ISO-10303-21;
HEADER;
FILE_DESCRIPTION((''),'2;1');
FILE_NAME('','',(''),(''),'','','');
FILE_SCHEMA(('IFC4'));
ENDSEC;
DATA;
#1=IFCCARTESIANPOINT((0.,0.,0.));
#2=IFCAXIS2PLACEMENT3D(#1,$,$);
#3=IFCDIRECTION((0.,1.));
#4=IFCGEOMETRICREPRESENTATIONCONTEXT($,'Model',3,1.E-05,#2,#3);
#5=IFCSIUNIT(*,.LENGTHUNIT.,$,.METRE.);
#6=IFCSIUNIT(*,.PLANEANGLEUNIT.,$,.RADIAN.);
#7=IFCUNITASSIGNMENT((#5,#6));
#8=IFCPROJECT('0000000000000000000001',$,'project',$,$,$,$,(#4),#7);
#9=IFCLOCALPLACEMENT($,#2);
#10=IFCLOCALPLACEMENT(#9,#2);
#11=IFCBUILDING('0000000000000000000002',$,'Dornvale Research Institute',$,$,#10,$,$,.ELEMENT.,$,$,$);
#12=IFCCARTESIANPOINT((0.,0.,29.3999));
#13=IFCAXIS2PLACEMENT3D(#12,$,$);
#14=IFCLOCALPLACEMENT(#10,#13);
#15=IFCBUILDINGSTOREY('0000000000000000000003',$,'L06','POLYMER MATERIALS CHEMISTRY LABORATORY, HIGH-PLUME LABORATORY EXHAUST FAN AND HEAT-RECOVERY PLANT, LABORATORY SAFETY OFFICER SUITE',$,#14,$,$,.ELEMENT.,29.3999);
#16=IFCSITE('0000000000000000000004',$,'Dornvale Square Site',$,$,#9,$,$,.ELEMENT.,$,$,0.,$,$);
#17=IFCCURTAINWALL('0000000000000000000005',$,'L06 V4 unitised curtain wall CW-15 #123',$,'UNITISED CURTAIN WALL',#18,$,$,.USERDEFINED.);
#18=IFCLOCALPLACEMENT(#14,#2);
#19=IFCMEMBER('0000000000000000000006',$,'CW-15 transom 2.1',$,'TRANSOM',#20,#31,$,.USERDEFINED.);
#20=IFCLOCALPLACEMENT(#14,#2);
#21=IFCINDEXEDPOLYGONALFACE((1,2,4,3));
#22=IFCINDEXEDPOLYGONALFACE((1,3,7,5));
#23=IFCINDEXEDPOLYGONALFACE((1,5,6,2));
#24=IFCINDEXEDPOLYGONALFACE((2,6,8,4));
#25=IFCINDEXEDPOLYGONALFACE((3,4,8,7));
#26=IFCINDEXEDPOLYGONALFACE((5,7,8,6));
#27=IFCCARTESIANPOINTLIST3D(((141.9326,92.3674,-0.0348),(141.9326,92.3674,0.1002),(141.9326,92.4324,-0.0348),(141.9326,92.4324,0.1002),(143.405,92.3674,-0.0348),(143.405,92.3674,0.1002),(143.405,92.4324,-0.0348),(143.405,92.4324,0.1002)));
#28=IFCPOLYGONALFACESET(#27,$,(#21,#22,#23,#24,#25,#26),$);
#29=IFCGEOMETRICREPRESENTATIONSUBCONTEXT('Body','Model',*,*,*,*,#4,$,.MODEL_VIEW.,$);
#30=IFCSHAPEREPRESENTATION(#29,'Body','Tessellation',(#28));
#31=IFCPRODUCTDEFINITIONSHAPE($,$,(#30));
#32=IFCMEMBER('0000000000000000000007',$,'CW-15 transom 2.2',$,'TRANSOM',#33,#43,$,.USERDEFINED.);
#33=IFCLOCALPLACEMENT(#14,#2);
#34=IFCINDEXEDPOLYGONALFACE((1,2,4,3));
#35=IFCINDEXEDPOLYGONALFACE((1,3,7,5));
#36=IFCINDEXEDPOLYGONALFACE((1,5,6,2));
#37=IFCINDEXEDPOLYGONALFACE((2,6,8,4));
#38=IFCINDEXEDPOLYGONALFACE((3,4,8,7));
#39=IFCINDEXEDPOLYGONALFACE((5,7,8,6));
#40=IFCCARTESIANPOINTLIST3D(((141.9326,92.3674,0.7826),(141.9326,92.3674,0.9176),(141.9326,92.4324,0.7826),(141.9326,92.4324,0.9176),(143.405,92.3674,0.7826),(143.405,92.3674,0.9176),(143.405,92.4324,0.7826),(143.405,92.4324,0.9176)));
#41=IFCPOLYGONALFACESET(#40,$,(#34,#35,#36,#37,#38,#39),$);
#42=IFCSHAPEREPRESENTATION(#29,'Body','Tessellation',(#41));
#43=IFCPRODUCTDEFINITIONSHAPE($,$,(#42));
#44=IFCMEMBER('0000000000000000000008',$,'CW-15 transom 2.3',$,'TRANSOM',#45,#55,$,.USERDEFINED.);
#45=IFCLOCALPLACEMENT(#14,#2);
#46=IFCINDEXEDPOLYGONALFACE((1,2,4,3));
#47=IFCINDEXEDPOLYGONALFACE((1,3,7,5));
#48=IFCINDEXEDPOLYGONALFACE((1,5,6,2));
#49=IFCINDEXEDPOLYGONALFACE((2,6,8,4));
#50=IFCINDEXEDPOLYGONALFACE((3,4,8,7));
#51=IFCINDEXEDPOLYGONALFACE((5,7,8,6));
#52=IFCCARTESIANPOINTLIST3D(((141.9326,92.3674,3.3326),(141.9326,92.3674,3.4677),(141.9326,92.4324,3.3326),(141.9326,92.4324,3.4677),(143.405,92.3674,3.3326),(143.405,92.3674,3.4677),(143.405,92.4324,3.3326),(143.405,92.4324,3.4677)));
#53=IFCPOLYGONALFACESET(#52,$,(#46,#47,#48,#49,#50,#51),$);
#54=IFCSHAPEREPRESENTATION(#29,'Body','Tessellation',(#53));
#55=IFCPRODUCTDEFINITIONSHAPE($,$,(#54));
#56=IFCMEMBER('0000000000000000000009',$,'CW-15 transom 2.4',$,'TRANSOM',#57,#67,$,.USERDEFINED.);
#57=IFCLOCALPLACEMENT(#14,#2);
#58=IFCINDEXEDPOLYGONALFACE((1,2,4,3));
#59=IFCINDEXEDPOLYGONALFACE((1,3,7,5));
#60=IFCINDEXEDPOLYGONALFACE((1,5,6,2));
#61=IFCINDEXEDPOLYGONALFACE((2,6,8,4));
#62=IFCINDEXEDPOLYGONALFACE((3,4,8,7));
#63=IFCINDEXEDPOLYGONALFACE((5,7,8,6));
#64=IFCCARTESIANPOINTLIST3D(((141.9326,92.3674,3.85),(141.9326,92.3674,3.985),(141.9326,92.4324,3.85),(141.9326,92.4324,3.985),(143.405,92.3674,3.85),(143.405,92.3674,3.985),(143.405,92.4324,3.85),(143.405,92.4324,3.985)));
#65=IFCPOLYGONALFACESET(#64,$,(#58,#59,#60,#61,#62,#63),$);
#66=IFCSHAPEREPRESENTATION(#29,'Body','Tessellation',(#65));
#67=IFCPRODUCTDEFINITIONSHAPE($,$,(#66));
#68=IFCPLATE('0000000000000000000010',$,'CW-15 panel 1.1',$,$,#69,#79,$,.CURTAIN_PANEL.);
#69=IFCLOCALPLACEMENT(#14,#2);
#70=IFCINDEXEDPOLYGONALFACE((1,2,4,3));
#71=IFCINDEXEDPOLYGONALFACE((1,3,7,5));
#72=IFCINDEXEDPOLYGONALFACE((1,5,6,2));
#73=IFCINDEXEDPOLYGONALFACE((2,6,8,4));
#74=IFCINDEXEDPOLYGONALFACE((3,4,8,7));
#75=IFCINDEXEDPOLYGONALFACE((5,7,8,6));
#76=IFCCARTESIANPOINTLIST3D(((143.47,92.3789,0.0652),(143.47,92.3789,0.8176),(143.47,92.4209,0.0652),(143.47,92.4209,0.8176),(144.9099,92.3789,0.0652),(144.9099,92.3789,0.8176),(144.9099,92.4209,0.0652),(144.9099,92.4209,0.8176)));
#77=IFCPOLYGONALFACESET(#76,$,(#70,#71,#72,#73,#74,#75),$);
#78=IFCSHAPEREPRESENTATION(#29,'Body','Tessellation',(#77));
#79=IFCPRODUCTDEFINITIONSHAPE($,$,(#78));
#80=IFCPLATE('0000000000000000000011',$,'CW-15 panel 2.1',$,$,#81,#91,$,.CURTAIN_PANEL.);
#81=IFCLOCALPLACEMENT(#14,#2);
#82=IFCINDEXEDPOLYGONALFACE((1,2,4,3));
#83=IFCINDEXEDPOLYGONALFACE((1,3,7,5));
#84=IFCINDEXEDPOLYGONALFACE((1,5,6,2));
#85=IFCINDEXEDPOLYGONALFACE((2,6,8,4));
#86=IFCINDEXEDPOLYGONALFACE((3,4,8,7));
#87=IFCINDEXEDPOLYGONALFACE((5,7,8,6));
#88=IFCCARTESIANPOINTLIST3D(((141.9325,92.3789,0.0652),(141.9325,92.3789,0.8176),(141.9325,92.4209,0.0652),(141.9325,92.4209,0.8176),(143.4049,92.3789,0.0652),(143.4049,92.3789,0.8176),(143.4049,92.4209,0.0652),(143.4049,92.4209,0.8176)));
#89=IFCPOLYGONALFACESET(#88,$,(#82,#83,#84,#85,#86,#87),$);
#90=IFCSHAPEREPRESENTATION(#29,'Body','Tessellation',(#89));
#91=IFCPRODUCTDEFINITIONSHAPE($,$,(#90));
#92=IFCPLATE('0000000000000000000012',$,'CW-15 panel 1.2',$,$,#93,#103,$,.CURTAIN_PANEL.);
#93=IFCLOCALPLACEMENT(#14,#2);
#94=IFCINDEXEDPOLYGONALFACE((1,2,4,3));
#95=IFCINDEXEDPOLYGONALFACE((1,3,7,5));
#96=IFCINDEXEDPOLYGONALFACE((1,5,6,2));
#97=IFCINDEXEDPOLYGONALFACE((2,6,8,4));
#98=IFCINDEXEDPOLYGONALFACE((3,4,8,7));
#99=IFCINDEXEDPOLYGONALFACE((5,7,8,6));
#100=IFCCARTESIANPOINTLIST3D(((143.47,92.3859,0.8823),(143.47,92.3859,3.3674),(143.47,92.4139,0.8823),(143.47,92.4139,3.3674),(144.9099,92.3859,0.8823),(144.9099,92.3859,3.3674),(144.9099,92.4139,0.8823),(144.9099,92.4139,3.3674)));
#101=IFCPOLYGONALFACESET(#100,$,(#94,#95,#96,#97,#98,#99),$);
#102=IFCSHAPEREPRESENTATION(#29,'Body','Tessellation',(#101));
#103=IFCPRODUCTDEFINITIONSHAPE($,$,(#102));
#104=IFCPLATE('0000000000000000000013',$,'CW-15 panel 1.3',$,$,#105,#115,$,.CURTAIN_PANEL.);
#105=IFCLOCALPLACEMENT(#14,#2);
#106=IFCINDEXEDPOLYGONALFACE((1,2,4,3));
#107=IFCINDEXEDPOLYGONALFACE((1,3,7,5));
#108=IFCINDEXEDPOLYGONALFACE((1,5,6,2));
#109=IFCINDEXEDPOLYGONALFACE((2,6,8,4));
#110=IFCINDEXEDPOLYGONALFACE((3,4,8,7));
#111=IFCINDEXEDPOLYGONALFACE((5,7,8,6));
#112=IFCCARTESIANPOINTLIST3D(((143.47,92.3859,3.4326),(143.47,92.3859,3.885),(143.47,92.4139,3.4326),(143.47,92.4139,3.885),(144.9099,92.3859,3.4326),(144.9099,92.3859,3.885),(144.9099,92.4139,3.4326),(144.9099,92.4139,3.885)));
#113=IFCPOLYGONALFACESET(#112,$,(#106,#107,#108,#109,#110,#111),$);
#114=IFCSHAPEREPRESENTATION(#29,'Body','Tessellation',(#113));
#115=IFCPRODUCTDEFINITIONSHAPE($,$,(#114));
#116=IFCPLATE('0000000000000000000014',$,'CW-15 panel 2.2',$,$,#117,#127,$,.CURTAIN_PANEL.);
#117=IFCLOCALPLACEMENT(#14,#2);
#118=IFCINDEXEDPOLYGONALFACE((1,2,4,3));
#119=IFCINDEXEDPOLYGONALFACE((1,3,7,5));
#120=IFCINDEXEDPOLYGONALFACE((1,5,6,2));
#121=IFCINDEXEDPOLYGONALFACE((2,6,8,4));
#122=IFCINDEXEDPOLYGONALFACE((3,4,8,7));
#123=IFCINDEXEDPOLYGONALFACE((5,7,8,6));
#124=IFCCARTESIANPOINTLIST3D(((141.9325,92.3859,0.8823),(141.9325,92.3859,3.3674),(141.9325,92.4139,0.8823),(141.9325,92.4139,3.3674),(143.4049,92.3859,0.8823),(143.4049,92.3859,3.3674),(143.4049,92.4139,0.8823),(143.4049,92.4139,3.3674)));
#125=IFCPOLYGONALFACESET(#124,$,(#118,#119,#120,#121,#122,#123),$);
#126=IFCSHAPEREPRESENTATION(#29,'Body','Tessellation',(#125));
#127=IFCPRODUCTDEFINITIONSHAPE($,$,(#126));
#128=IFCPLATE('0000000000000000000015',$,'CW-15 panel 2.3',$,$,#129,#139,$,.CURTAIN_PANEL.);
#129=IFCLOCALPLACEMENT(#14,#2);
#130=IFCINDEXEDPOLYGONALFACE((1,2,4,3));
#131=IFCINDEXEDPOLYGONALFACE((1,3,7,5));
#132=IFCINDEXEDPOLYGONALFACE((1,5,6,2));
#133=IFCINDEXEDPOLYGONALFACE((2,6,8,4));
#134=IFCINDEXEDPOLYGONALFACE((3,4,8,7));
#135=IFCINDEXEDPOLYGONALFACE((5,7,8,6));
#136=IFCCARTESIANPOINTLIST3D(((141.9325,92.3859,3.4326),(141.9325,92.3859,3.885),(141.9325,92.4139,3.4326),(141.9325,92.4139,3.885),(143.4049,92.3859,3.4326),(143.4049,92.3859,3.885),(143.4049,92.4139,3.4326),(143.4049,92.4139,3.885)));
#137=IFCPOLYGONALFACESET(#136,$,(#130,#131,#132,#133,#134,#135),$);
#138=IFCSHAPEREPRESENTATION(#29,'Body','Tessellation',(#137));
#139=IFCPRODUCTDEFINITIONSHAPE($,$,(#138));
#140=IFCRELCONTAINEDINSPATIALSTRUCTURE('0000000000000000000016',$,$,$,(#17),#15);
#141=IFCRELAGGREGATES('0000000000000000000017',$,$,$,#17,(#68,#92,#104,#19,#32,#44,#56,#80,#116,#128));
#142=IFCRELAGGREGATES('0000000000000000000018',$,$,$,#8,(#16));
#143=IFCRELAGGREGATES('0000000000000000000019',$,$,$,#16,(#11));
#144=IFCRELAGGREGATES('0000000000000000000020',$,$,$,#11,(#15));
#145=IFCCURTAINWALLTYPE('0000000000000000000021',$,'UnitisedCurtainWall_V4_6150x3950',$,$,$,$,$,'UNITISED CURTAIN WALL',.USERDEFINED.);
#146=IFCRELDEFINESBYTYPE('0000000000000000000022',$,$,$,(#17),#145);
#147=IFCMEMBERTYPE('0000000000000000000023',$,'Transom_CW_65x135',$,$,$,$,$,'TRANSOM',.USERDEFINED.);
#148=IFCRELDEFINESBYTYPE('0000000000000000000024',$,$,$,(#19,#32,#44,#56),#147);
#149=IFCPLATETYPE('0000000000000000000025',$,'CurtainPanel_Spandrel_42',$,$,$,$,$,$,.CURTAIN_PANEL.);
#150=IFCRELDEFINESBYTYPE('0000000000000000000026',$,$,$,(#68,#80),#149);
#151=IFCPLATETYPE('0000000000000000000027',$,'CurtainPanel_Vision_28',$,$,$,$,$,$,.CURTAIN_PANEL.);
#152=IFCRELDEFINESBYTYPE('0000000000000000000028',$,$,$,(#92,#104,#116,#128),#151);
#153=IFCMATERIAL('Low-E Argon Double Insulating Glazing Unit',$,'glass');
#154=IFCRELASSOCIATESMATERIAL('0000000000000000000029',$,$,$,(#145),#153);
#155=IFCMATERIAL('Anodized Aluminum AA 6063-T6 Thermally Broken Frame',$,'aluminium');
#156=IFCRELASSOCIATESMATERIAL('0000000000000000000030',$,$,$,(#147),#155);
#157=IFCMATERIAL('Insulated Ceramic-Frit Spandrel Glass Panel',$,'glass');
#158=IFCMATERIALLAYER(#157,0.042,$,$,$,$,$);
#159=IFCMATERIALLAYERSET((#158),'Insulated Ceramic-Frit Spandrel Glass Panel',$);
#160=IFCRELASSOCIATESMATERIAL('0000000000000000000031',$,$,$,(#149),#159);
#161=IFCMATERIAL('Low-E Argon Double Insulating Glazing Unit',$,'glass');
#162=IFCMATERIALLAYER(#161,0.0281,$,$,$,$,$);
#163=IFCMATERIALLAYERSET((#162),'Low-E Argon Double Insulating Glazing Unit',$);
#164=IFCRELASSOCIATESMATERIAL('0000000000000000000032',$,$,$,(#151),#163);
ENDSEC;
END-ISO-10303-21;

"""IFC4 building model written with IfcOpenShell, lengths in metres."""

from ifc_helpers import new_model, si_unit, direction, frame, origin, origin_2d, place, context, subcontext, project, spatial, rectangle, extrude, material, layer, layer_set, material_profile, profile_set, type_object, element, aggregate, save


model = new_model("IFC4")

# Units and contexts
model_context = context("Model", 3, precision=1e-05, world=origin(), true_north=direction((0.0, 1.0)))
body_context = subcontext(model_context, "Body", "Model", "MODEL_VIEW")
ifc_project = project(units=[si_unit("LENGTHUNIT", "METRE"), si_unit("PLANEANGLEUNIT", "RADIAN")], contexts=[model_context])

# Site, building, storey
site_placement = place(None, origin())
site = spatial("IfcSite", under=ifc_project, at=site_placement, Name="Dornvale Square Site", CompositionType="ELEMENT", RefElevation=0.0)
building_placement = place(site_placement, origin())
building = spatial("IfcBuilding", under=site, at=building_placement, Name="Dornvale Research Institute", CompositionType="ELEMENT")
storey_placement = place(building_placement, frame((0.0, 0.0, 29.3999)))
storey = spatial("IfcBuildingStorey", under=building, at=storey_placement, Name="L06", Description="POLYMER MATERIALS CHEMISTRY LABORATORY, HIGH-PLUME LABORATORY EXHAUST FAN AND HEAT-RECOVERY PLANT, LABORATORY SAFETY OFFICER SUITE", CompositionType="ELEMENT", Elevation=29.3999)

# Curtain wall
ifc_material_1 = material(Name="Low-E Argon Double Insulating Glazing Unit", Category="glass")
curtain_wall_type = type_object("IfcCurtainWallType", Name="UnitisedCurtainWall_V4_6150x3950", ElementType="UNITISED CURTAIN WALL", PredefinedType="USERDEFINED", material=ifc_material_1)
curtain_wall_placement = place(storey_placement, origin())
curtain_wall = element("IfcCurtainWall", 1, at=curtain_wall_placement, inside=storey, type_object=curtain_wall_type, Name="L06 V4 unitised curtain wall CW-15 #123", ObjectType="UNITISED CURTAIN WALL", PredefinedType="USERDEFINED")

# Members
ifc_material_2 = material(Name="Anodized Aluminum AA 6063-T6 Thermally Broken Frame", Category="aluminium")
ifc_material_profile_1 = material_profile(ifc_material_2, rectangle(XDim=0.0649, YDim=0.135, at=origin_2d()), Name="ALU TRANSOM 65x135")
ifc_profile_set_1 = profile_set([ifc_material_profile_1], Name="Anodized Aluminum AA 6063-T6 Thermally Broken Frame")
member_type_1 = type_object("IfcMemberType", Name="Transom_CW_65x135", ElementType="TRANSOM", PredefinedType="USERDEFINED", material=ifc_profile_set_1)
member_1_placement = place(storey_placement, frame((143.405, 92.3999, 0.0327), z_axis=(-1.0, 0.0, 0.0), x_axis=(0.0, -1.0, 0.0)))
member_1 = element("IfcMember", 2, at=member_1_placement, type_object=member_type_1, Name="CW-15 transom 2.1", ObjectType="TRANSOM", PredefinedType="USERDEFINED", context=body_context, shape_type="SweptSolid", body=[
    extrude(rectangle(XDim=0.0649, YDim=0.135, at=origin_2d()), origin(), (0.0, 0.0, 1.0), 1.4724),
])
member_2_placement = place(storey_placement, frame((143.405, 92.3999, 0.8501), z_axis=(-1.0, 0.0, 0.0), x_axis=(0.0, -1.0, 0.0)))
member_2 = element("IfcMember", 3, at=member_2_placement, type_object=member_type_1, Name="CW-15 transom 2.2", ObjectType="TRANSOM", PredefinedType="USERDEFINED", context=body_context, shape_type="SweptSolid", body=[
    extrude(rectangle(XDim=0.0649, YDim=0.135, at=origin_2d()), origin(), (0.0, 0.0, 1.0), 1.4724),
])
member_3_placement = place(storey_placement, frame((143.405, 92.3999, 3.4001), z_axis=(-1.0, 0.0, 0.0), x_axis=(0.0, -1.0, 0.0)))
member_3 = element("IfcMember", 4, at=member_3_placement, type_object=member_type_1, Name="CW-15 transom 2.3", ObjectType="TRANSOM", PredefinedType="USERDEFINED", context=body_context, shape_type="SweptSolid", body=[
    extrude(rectangle(XDim=0.0649, YDim=0.135, at=origin_2d()), origin(), (0.0, 0.0, 1.0), 1.4724),
])
member_4_placement = place(storey_placement, frame((143.405, 92.3999, 3.9175), z_axis=(-1.0, 0.0, 0.0), x_axis=(0.0, -1.0, 0.0)))
member_4 = element("IfcMember", 5, at=member_4_placement, type_object=member_type_1, Name="CW-15 transom 2.4", ObjectType="TRANSOM", PredefinedType="USERDEFINED", context=body_context, shape_type="SweptSolid", body=[
    extrude(rectangle(XDim=0.0649, YDim=0.135, at=origin_2d()), origin(), (0.0, 0.0, 1.0), 1.4724),
])

# Plates
ifc_material_3 = material(Name="Insulated Ceramic-Frit Spandrel Glass Panel", Category="glass")
ifc_layer_1 = layer(ifc_material_3, 0.042)
ifc_layer_set_1 = layer_set([ifc_layer_1], Name="Insulated Ceramic-Frit Spandrel Glass Panel")
plate_type_1 = type_object("IfcPlateType", Name="CurtainPanel_Spandrel_42", PredefinedType="CURTAIN_PANEL", material=ifc_layer_set_1)
plate_1_placement = place(storey_placement, frame((144.1899, 92.3999, 0.0652), z_axis=(0.0, 0.0, 1.0), x_axis=(-1.0, 0.0, 0.0)))
plate_1 = element("IfcPlate", 6, at=plate_1_placement, type_object=plate_type_1, Name="CW-15 panel 1.1", PredefinedType="CURTAIN_PANEL", context=body_context, shape_type="SweptSolid", body=[
    extrude(rectangle(XDim=1.4399, YDim=0.042, at=origin_2d()), origin(), (0.0, 0.0, 1.0), 0.7524),
])
plate_2_placement = place(storey_placement, frame((142.6687, 92.3999, 0.0652), z_axis=(0.0, 0.0, 1.0), x_axis=(-1.0, 0.0, 0.0)))
plate_2 = element("IfcPlate", 7, at=plate_2_placement, type_object=plate_type_1, Name="CW-15 panel 2.1", PredefinedType="CURTAIN_PANEL", context=body_context, shape_type="SweptSolid", body=[
    extrude(rectangle(XDim=1.4724, YDim=0.042, at=origin_2d()), origin(), (0.0, 0.0, 1.0), 0.7524),
])
ifc_material_4 = material(Name="Low-E Argon Double Insulating Glazing Unit", Category="glass")
ifc_layer_2 = layer(ifc_material_4, 0.0281)
ifc_layer_set_2 = layer_set([ifc_layer_2], Name="Low-E Argon Double Insulating Glazing Unit")
plate_type_2 = type_object("IfcPlateType", Name="CurtainPanel_Vision_28", PredefinedType="CURTAIN_PANEL", material=ifc_layer_set_2)
plate_3_placement = place(storey_placement, frame((144.1899, 92.3999, 0.8823), z_axis=(0.0, 0.0, 1.0), x_axis=(-1.0, 0.0, 0.0)))
plate_3 = element("IfcPlate", 8, at=plate_3_placement, type_object=plate_type_2, Name="CW-15 panel 1.2", PredefinedType="CURTAIN_PANEL", context=body_context, shape_type="SweptSolid", body=[
    extrude(rectangle(XDim=1.4399, YDim=0.0281, at=origin_2d()), origin(), (0.0, 0.0, 1.0), 2.4851),
])
plate_4_placement = place(storey_placement, frame((144.1899, 92.3999, 3.4326), z_axis=(0.0, 0.0, 1.0), x_axis=(-1.0, 0.0, 0.0)))
plate_4 = element("IfcPlate", 9, at=plate_4_placement, type_object=plate_type_2, Name="CW-15 panel 1.3", PredefinedType="CURTAIN_PANEL", context=body_context, shape_type="SweptSolid", body=[
    extrude(rectangle(XDim=1.4399, YDim=0.0281, at=origin_2d()), origin(), (0.0, 0.0, 1.0), 0.4524),
])
plate_5_placement = place(storey_placement, frame((142.6687, 92.3999, 0.8823), z_axis=(0.0, 0.0, 1.0), x_axis=(-1.0, 0.0, 0.0)))
plate_5 = element("IfcPlate", 10, at=plate_5_placement, type_object=plate_type_2, Name="CW-15 panel 2.2", PredefinedType="CURTAIN_PANEL", context=body_context, shape_type="SweptSolid", body=[
    extrude(rectangle(XDim=1.4724, YDim=0.0281, at=origin_2d()), origin(), (0.0, 0.0, 1.0), 2.4851),
])
plate_6_placement = place(storey_placement, frame((142.6687, 92.3999, 3.4326), z_axis=(0.0, 0.0, 1.0), x_axis=(-1.0, 0.0, 0.0)))
plate_6 = element("IfcPlate", 11, at=plate_6_placement, type_object=plate_type_2, Name="CW-15 panel 2.3", PredefinedType="CURTAIN_PANEL", context=body_context, shape_type="SweptSolid", body=[
    extrude(rectangle(XDim=1.4724, YDim=0.0281, at=origin_2d()), origin(), (0.0, 0.0, 1.0), 0.4524),
])
aggregate(curtain_wall, [plate_1, plate_3, plate_4, member_1, member_2, member_3, member_4, plate_2, plate_5, plate_6])

save(model, "model.ifc")
